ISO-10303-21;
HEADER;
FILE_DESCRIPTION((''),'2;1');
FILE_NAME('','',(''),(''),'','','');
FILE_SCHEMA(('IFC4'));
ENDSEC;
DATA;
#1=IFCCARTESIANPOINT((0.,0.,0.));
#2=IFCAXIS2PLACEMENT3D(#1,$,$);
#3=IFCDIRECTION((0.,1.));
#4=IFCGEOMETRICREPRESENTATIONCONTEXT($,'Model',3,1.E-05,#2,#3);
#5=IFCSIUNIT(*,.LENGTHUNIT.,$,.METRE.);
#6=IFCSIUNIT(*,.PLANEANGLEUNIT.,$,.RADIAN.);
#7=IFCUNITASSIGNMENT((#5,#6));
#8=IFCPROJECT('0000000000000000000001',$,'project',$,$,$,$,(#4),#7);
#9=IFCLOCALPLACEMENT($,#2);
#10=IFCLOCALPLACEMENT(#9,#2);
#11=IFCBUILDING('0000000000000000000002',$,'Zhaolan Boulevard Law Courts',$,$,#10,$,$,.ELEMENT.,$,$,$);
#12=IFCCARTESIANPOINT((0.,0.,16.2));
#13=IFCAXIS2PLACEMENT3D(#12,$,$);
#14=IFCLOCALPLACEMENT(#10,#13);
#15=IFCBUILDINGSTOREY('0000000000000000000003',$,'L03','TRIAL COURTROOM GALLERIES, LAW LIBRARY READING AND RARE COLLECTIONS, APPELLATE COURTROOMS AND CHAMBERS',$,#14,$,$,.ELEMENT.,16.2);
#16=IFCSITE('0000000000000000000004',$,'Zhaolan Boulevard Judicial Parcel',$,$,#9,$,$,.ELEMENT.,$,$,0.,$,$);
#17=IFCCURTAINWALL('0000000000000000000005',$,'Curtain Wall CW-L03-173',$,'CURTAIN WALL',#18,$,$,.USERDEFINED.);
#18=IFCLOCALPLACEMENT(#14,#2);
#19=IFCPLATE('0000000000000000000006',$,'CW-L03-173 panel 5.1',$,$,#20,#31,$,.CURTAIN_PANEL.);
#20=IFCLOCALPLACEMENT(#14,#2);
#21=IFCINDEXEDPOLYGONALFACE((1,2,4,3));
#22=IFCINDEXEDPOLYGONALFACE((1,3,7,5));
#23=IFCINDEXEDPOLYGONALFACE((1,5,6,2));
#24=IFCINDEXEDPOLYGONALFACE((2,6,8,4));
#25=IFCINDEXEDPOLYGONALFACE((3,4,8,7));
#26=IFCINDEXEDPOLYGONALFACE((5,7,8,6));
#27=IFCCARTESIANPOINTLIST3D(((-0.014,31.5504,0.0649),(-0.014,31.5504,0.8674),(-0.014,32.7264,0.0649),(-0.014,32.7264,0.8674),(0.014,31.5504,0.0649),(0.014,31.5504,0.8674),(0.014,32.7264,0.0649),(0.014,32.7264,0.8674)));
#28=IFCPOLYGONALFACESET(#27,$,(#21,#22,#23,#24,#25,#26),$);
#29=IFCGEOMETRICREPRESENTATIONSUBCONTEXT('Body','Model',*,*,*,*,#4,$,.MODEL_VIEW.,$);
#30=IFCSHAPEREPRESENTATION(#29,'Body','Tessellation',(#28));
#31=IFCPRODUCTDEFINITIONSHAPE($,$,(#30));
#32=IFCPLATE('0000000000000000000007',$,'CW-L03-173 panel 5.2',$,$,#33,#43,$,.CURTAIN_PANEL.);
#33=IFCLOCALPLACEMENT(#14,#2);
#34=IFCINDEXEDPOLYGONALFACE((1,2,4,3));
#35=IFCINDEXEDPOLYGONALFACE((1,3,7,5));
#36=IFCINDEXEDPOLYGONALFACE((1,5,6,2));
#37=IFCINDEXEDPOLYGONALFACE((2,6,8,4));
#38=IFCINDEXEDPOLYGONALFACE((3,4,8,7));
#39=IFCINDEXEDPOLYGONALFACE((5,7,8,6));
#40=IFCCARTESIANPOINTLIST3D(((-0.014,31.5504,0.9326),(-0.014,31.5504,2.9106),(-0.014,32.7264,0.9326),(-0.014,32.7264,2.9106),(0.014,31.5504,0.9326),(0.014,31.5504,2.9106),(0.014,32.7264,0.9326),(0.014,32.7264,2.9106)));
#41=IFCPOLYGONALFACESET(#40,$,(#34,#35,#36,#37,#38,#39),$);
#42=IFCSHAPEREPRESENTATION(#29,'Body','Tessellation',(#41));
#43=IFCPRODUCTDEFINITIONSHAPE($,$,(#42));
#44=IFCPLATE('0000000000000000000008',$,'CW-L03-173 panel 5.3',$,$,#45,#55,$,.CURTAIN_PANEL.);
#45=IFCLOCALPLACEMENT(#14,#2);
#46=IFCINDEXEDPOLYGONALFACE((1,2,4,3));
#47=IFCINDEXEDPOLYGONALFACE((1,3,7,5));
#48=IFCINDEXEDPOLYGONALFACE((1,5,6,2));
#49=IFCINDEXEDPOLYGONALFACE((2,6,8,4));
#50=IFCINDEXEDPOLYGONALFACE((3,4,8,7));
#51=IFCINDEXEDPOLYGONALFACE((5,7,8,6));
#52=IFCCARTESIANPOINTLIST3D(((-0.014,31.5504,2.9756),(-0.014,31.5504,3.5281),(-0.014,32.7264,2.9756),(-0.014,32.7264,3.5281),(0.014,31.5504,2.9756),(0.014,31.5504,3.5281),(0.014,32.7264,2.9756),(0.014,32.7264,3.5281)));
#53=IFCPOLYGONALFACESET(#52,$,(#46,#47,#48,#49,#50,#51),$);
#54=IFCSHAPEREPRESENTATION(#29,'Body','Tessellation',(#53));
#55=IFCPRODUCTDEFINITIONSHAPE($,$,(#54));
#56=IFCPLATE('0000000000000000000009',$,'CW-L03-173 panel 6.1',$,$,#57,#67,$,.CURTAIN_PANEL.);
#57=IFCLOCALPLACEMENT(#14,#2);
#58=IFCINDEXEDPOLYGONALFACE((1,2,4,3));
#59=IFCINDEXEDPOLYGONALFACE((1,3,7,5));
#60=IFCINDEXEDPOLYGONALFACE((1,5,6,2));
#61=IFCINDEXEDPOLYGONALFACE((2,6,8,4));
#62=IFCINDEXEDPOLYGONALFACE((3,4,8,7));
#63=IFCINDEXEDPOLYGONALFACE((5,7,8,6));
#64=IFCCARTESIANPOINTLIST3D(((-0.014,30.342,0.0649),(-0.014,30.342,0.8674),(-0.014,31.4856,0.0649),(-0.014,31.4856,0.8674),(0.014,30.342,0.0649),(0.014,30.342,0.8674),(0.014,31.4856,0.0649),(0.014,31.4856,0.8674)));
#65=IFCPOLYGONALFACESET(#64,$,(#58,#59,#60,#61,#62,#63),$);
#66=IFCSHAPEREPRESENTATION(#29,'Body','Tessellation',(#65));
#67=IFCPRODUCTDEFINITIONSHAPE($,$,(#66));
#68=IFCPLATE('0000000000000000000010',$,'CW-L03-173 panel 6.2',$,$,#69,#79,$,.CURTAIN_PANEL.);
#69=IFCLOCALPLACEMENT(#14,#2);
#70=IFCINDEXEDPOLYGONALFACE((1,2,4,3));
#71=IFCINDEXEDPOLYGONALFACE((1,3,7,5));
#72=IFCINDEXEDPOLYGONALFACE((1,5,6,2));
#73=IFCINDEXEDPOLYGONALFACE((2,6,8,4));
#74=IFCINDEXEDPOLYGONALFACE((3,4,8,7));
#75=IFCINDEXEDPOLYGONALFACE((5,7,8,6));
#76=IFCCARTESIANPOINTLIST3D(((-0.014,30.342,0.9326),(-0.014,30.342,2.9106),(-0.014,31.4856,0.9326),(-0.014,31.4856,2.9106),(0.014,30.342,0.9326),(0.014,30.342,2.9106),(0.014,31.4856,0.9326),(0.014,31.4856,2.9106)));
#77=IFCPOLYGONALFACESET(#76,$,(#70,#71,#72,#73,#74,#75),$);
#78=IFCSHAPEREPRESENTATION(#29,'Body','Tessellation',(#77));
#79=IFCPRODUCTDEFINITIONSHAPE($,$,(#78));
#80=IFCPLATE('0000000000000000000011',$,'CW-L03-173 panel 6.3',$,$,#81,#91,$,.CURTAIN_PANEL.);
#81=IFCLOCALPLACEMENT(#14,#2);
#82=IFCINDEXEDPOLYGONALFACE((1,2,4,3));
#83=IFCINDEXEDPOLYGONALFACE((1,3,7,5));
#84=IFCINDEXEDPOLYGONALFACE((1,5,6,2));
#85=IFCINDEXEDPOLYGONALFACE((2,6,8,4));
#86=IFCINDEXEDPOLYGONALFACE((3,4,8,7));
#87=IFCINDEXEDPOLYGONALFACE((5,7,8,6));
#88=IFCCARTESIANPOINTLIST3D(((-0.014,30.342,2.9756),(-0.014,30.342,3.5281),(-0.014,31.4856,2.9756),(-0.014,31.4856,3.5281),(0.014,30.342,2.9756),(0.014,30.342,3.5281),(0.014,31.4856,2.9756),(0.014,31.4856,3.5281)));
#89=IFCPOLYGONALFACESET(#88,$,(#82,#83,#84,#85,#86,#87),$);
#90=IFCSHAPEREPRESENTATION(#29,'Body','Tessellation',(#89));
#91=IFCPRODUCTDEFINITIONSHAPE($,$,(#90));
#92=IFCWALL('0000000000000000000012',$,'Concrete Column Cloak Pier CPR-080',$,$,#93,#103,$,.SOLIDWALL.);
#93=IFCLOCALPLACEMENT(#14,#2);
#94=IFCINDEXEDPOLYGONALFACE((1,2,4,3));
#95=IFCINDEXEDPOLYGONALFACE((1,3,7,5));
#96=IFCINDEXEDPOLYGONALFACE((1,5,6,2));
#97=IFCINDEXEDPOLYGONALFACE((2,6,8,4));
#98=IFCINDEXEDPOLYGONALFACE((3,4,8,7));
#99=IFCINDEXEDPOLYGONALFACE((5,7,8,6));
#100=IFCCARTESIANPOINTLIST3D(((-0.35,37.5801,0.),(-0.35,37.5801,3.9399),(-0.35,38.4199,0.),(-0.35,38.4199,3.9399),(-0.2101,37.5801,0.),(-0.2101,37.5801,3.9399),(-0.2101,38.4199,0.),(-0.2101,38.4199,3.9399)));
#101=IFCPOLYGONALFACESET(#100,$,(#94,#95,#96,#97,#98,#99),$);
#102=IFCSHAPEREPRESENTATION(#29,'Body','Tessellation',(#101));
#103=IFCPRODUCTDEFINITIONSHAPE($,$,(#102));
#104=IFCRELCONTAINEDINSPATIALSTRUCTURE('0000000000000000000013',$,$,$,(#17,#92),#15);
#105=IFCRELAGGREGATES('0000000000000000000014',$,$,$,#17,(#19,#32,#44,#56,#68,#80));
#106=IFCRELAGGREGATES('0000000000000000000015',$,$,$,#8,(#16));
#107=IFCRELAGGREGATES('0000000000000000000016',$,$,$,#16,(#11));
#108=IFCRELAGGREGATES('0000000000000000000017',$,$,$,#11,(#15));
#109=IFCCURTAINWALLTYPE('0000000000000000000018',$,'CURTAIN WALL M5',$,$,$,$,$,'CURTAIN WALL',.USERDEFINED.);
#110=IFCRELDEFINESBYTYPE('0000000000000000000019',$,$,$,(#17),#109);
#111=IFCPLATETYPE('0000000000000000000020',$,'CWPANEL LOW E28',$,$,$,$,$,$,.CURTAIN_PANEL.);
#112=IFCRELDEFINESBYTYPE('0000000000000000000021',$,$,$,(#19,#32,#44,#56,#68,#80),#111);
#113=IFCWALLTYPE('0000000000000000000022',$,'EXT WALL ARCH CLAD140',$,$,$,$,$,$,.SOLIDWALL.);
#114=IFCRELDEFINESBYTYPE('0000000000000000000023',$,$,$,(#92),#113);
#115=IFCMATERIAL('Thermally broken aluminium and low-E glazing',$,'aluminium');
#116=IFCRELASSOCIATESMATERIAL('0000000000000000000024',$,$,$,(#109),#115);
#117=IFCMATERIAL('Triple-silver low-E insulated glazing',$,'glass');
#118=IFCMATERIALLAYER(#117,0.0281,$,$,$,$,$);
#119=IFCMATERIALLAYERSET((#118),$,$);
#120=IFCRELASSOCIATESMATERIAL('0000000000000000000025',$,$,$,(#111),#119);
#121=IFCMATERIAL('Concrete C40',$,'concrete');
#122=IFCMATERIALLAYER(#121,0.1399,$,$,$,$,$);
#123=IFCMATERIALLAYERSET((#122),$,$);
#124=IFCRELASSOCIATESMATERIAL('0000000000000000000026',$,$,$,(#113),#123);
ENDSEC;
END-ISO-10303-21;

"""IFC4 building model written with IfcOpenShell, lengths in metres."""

from ifc_helpers import new_model, si_unit, direction, frame, frame_2d, origin, origin_2d, place, context, subcontext, project, spatial, rectangle, extrude, material, layer, layer_set, type_object, element, aggregate, save


model = new_model("IFC4")

# Units and contexts
model_context = context("Model", 3, precision=1e-05, world=origin(), true_north=direction((0.0, 1.0)))
body_context = subcontext(model_context, "Body", "Model", "MODEL_VIEW")
ifc_project = project(units=[si_unit("LENGTHUNIT", "METRE"), si_unit("PLANEANGLEUNIT", "RADIAN")], contexts=[model_context])

# Site, building, storey
site_placement = place(None, origin())
site = spatial("IfcSite", under=ifc_project, at=site_placement, Name="Zhaolan Boulevard Judicial Parcel", CompositionType="ELEMENT", RefElevation=0.0)
building_placement = place(site_placement, origin())
building = spatial("IfcBuilding", under=site, at=building_placement, Name="Zhaolan Boulevard Law Courts", CompositionType="ELEMENT")
storey_placement = place(building_placement, frame((0.0, 0.0, 16.2)))
storey = spatial("IfcBuildingStorey", under=building, at=storey_placement, Name="L03", Description="TRIAL COURTROOM GALLERIES, LAW LIBRARY READING AND RARE COLLECTIONS, APPELLATE COURTROOMS AND CHAMBERS", CompositionType="ELEMENT", Elevation=16.2)

# Curtain wall
ifc_material_1 = material(Name="Thermally broken aluminium and low-E glazing", Category="aluminium")
curtain_wall_type = type_object("IfcCurtainWallType", Name="CURTAIN WALL M5", ElementType="CURTAIN WALL", PredefinedType="USERDEFINED", material=ifc_material_1)
curtain_wall_placement = place(storey_placement, origin())
curtain_wall = element("IfcCurtainWall", 1, at=curtain_wall_placement, inside=storey, type_object=curtain_wall_type, Name="Curtain Wall CW-L03-173", ObjectType="CURTAIN WALL", PredefinedType="USERDEFINED")

# Plates
ifc_material_2 = material(Name="Triple-silver low-E insulated glazing", Category="glass")
ifc_layer_1 = layer(ifc_material_2, 0.0281)
ifc_layer_set_1 = layer_set([ifc_layer_1])
plate_type = type_object("IfcPlateType", Name="CWPANEL LOW E28", PredefinedType="CURTAIN_PANEL", material=ifc_layer_set_1)
plate_1_placement = place(storey_placement, frame((0.0, 32.1384, 0.0649), z_axis=(0.0, 0.0, 1.0), x_axis=(0.0, -1.0, 0.0)))
plate_1 = element("IfcPlate", 2, at=plate_1_placement, type_object=plate_type, Name="CW-L03-173 panel 5.1", PredefinedType="CURTAIN_PANEL", context=body_context, shape_type="SweptSolid", body=[
    extrude(rectangle(XDim=1.176, YDim=0.0281, at=origin_2d()), origin(), (0.0, 0.0, 1.0), 0.8025),
])
plate_2_placement = place(storey_placement, frame((0.0, 32.1384, 0.9326), z_axis=(0.0, 0.0, 1.0), x_axis=(0.0, -1.0, 0.0)))
plate_2 = element("IfcPlate", 3, at=plate_2_placement, type_object=plate_type, Name="CW-L03-173 panel 5.2", PredefinedType="CURTAIN_PANEL", context=body_context, shape_type="SweptSolid", body=[
    extrude(rectangle(XDim=1.176, YDim=0.0281, at=origin_2d()), origin(), (0.0, 0.0, 1.0), 1.978),
])
plate_3_placement = place(storey_placement, frame((0.0, 32.1384, 2.9756), z_axis=(0.0, 0.0, 1.0), x_axis=(0.0, -1.0, 0.0)))
plate_3 = element("IfcPlate", 4, at=plate_3_placement, type_object=plate_type, Name="CW-L03-173 panel 5.3", PredefinedType="CURTAIN_PANEL", context=body_context, shape_type="SweptSolid", body=[
    extrude(rectangle(XDim=1.176, YDim=0.0281, at=origin_2d()), origin(), (0.0, 0.0, 1.0), 0.5525),
])
plate_4_placement = place(storey_placement, frame((0.0, 30.9138, 0.0649), z_axis=(0.0, 0.0, 1.0), x_axis=(0.0, -1.0, 0.0)))
plate_4 = element("IfcPlate", 5, at=plate_4_placement, type_object=plate_type, Name="CW-L03-173 panel 6.1", PredefinedType="CURTAIN_PANEL", context=body_context, shape_type="SweptSolid", body=[
    extrude(rectangle(XDim=1.1436, YDim=0.0281, at=origin_2d()), origin(), (0.0, 0.0, 1.0), 0.8025),
])
plate_5_placement = place(storey_placement, frame((0.0, 30.9138, 0.9326), z_axis=(0.0, 0.0, 1.0), x_axis=(0.0, -1.0, 0.0)))
plate_5 = element("IfcPlate", 6, at=plate_5_placement, type_object=plate_type, Name="CW-L03-173 panel 6.2", PredefinedType="CURTAIN_PANEL", context=body_context, shape_type="SweptSolid", body=[
    extrude(rectangle(XDim=1.1436, YDim=0.0281, at=origin_2d()), origin(), (0.0, 0.0, 1.0), 1.978),
])
plate_6_placement = place(storey_placement, frame((0.0, 30.9138, 2.9756), z_axis=(0.0, 0.0, 1.0), x_axis=(0.0, -1.0, 0.0)))
plate_6 = element("IfcPlate", 7, at=plate_6_placement, type_object=plate_type, Name="CW-L03-173 panel 6.3", PredefinedType="CURTAIN_PANEL", context=body_context, shape_type="SweptSolid", body=[
    extrude(rectangle(XDim=1.1436, YDim=0.0281, at=origin_2d()), origin(), (0.0, 0.0, 1.0), 0.5525),
])
aggregate(curtain_wall, [plate_1, plate_2, plate_3, plate_4, plate_5, plate_6])

# Wall
ifc_material_3 = material(Name="Concrete C40", Category="concrete")
ifc_layer_2 = layer(ifc_material_3, 0.1399)
ifc_layer_set_2 = layer_set([ifc_layer_2])
wall_type = type_object("IfcWallType", Name="EXT WALL ARCH CLAD140", PredefinedType="SOLIDWALL", material=ifc_layer_set_2)
wall_placement = place(storey_placement, frame((-0.28, 37.5801, 0.0), z_axis=(0.0, 0.0, 1.0), x_axis=(0.0, 1.0, 0.0)))
element("IfcWall", 8, at=wall_placement, inside=storey, type_object=wall_type, Name="Concrete Column Cloak Pier CPR-080", PredefinedType="SOLIDWALL", context=body_context, shape_type="SweptSolid", body=[
    extrude(rectangle(XDim=0.8398, YDim=0.1399, at=frame_2d((0.4199, 0.0))), origin(), (0.0, 0.0, 1.0), 3.9399),
])

save(model, "model.ifc")
